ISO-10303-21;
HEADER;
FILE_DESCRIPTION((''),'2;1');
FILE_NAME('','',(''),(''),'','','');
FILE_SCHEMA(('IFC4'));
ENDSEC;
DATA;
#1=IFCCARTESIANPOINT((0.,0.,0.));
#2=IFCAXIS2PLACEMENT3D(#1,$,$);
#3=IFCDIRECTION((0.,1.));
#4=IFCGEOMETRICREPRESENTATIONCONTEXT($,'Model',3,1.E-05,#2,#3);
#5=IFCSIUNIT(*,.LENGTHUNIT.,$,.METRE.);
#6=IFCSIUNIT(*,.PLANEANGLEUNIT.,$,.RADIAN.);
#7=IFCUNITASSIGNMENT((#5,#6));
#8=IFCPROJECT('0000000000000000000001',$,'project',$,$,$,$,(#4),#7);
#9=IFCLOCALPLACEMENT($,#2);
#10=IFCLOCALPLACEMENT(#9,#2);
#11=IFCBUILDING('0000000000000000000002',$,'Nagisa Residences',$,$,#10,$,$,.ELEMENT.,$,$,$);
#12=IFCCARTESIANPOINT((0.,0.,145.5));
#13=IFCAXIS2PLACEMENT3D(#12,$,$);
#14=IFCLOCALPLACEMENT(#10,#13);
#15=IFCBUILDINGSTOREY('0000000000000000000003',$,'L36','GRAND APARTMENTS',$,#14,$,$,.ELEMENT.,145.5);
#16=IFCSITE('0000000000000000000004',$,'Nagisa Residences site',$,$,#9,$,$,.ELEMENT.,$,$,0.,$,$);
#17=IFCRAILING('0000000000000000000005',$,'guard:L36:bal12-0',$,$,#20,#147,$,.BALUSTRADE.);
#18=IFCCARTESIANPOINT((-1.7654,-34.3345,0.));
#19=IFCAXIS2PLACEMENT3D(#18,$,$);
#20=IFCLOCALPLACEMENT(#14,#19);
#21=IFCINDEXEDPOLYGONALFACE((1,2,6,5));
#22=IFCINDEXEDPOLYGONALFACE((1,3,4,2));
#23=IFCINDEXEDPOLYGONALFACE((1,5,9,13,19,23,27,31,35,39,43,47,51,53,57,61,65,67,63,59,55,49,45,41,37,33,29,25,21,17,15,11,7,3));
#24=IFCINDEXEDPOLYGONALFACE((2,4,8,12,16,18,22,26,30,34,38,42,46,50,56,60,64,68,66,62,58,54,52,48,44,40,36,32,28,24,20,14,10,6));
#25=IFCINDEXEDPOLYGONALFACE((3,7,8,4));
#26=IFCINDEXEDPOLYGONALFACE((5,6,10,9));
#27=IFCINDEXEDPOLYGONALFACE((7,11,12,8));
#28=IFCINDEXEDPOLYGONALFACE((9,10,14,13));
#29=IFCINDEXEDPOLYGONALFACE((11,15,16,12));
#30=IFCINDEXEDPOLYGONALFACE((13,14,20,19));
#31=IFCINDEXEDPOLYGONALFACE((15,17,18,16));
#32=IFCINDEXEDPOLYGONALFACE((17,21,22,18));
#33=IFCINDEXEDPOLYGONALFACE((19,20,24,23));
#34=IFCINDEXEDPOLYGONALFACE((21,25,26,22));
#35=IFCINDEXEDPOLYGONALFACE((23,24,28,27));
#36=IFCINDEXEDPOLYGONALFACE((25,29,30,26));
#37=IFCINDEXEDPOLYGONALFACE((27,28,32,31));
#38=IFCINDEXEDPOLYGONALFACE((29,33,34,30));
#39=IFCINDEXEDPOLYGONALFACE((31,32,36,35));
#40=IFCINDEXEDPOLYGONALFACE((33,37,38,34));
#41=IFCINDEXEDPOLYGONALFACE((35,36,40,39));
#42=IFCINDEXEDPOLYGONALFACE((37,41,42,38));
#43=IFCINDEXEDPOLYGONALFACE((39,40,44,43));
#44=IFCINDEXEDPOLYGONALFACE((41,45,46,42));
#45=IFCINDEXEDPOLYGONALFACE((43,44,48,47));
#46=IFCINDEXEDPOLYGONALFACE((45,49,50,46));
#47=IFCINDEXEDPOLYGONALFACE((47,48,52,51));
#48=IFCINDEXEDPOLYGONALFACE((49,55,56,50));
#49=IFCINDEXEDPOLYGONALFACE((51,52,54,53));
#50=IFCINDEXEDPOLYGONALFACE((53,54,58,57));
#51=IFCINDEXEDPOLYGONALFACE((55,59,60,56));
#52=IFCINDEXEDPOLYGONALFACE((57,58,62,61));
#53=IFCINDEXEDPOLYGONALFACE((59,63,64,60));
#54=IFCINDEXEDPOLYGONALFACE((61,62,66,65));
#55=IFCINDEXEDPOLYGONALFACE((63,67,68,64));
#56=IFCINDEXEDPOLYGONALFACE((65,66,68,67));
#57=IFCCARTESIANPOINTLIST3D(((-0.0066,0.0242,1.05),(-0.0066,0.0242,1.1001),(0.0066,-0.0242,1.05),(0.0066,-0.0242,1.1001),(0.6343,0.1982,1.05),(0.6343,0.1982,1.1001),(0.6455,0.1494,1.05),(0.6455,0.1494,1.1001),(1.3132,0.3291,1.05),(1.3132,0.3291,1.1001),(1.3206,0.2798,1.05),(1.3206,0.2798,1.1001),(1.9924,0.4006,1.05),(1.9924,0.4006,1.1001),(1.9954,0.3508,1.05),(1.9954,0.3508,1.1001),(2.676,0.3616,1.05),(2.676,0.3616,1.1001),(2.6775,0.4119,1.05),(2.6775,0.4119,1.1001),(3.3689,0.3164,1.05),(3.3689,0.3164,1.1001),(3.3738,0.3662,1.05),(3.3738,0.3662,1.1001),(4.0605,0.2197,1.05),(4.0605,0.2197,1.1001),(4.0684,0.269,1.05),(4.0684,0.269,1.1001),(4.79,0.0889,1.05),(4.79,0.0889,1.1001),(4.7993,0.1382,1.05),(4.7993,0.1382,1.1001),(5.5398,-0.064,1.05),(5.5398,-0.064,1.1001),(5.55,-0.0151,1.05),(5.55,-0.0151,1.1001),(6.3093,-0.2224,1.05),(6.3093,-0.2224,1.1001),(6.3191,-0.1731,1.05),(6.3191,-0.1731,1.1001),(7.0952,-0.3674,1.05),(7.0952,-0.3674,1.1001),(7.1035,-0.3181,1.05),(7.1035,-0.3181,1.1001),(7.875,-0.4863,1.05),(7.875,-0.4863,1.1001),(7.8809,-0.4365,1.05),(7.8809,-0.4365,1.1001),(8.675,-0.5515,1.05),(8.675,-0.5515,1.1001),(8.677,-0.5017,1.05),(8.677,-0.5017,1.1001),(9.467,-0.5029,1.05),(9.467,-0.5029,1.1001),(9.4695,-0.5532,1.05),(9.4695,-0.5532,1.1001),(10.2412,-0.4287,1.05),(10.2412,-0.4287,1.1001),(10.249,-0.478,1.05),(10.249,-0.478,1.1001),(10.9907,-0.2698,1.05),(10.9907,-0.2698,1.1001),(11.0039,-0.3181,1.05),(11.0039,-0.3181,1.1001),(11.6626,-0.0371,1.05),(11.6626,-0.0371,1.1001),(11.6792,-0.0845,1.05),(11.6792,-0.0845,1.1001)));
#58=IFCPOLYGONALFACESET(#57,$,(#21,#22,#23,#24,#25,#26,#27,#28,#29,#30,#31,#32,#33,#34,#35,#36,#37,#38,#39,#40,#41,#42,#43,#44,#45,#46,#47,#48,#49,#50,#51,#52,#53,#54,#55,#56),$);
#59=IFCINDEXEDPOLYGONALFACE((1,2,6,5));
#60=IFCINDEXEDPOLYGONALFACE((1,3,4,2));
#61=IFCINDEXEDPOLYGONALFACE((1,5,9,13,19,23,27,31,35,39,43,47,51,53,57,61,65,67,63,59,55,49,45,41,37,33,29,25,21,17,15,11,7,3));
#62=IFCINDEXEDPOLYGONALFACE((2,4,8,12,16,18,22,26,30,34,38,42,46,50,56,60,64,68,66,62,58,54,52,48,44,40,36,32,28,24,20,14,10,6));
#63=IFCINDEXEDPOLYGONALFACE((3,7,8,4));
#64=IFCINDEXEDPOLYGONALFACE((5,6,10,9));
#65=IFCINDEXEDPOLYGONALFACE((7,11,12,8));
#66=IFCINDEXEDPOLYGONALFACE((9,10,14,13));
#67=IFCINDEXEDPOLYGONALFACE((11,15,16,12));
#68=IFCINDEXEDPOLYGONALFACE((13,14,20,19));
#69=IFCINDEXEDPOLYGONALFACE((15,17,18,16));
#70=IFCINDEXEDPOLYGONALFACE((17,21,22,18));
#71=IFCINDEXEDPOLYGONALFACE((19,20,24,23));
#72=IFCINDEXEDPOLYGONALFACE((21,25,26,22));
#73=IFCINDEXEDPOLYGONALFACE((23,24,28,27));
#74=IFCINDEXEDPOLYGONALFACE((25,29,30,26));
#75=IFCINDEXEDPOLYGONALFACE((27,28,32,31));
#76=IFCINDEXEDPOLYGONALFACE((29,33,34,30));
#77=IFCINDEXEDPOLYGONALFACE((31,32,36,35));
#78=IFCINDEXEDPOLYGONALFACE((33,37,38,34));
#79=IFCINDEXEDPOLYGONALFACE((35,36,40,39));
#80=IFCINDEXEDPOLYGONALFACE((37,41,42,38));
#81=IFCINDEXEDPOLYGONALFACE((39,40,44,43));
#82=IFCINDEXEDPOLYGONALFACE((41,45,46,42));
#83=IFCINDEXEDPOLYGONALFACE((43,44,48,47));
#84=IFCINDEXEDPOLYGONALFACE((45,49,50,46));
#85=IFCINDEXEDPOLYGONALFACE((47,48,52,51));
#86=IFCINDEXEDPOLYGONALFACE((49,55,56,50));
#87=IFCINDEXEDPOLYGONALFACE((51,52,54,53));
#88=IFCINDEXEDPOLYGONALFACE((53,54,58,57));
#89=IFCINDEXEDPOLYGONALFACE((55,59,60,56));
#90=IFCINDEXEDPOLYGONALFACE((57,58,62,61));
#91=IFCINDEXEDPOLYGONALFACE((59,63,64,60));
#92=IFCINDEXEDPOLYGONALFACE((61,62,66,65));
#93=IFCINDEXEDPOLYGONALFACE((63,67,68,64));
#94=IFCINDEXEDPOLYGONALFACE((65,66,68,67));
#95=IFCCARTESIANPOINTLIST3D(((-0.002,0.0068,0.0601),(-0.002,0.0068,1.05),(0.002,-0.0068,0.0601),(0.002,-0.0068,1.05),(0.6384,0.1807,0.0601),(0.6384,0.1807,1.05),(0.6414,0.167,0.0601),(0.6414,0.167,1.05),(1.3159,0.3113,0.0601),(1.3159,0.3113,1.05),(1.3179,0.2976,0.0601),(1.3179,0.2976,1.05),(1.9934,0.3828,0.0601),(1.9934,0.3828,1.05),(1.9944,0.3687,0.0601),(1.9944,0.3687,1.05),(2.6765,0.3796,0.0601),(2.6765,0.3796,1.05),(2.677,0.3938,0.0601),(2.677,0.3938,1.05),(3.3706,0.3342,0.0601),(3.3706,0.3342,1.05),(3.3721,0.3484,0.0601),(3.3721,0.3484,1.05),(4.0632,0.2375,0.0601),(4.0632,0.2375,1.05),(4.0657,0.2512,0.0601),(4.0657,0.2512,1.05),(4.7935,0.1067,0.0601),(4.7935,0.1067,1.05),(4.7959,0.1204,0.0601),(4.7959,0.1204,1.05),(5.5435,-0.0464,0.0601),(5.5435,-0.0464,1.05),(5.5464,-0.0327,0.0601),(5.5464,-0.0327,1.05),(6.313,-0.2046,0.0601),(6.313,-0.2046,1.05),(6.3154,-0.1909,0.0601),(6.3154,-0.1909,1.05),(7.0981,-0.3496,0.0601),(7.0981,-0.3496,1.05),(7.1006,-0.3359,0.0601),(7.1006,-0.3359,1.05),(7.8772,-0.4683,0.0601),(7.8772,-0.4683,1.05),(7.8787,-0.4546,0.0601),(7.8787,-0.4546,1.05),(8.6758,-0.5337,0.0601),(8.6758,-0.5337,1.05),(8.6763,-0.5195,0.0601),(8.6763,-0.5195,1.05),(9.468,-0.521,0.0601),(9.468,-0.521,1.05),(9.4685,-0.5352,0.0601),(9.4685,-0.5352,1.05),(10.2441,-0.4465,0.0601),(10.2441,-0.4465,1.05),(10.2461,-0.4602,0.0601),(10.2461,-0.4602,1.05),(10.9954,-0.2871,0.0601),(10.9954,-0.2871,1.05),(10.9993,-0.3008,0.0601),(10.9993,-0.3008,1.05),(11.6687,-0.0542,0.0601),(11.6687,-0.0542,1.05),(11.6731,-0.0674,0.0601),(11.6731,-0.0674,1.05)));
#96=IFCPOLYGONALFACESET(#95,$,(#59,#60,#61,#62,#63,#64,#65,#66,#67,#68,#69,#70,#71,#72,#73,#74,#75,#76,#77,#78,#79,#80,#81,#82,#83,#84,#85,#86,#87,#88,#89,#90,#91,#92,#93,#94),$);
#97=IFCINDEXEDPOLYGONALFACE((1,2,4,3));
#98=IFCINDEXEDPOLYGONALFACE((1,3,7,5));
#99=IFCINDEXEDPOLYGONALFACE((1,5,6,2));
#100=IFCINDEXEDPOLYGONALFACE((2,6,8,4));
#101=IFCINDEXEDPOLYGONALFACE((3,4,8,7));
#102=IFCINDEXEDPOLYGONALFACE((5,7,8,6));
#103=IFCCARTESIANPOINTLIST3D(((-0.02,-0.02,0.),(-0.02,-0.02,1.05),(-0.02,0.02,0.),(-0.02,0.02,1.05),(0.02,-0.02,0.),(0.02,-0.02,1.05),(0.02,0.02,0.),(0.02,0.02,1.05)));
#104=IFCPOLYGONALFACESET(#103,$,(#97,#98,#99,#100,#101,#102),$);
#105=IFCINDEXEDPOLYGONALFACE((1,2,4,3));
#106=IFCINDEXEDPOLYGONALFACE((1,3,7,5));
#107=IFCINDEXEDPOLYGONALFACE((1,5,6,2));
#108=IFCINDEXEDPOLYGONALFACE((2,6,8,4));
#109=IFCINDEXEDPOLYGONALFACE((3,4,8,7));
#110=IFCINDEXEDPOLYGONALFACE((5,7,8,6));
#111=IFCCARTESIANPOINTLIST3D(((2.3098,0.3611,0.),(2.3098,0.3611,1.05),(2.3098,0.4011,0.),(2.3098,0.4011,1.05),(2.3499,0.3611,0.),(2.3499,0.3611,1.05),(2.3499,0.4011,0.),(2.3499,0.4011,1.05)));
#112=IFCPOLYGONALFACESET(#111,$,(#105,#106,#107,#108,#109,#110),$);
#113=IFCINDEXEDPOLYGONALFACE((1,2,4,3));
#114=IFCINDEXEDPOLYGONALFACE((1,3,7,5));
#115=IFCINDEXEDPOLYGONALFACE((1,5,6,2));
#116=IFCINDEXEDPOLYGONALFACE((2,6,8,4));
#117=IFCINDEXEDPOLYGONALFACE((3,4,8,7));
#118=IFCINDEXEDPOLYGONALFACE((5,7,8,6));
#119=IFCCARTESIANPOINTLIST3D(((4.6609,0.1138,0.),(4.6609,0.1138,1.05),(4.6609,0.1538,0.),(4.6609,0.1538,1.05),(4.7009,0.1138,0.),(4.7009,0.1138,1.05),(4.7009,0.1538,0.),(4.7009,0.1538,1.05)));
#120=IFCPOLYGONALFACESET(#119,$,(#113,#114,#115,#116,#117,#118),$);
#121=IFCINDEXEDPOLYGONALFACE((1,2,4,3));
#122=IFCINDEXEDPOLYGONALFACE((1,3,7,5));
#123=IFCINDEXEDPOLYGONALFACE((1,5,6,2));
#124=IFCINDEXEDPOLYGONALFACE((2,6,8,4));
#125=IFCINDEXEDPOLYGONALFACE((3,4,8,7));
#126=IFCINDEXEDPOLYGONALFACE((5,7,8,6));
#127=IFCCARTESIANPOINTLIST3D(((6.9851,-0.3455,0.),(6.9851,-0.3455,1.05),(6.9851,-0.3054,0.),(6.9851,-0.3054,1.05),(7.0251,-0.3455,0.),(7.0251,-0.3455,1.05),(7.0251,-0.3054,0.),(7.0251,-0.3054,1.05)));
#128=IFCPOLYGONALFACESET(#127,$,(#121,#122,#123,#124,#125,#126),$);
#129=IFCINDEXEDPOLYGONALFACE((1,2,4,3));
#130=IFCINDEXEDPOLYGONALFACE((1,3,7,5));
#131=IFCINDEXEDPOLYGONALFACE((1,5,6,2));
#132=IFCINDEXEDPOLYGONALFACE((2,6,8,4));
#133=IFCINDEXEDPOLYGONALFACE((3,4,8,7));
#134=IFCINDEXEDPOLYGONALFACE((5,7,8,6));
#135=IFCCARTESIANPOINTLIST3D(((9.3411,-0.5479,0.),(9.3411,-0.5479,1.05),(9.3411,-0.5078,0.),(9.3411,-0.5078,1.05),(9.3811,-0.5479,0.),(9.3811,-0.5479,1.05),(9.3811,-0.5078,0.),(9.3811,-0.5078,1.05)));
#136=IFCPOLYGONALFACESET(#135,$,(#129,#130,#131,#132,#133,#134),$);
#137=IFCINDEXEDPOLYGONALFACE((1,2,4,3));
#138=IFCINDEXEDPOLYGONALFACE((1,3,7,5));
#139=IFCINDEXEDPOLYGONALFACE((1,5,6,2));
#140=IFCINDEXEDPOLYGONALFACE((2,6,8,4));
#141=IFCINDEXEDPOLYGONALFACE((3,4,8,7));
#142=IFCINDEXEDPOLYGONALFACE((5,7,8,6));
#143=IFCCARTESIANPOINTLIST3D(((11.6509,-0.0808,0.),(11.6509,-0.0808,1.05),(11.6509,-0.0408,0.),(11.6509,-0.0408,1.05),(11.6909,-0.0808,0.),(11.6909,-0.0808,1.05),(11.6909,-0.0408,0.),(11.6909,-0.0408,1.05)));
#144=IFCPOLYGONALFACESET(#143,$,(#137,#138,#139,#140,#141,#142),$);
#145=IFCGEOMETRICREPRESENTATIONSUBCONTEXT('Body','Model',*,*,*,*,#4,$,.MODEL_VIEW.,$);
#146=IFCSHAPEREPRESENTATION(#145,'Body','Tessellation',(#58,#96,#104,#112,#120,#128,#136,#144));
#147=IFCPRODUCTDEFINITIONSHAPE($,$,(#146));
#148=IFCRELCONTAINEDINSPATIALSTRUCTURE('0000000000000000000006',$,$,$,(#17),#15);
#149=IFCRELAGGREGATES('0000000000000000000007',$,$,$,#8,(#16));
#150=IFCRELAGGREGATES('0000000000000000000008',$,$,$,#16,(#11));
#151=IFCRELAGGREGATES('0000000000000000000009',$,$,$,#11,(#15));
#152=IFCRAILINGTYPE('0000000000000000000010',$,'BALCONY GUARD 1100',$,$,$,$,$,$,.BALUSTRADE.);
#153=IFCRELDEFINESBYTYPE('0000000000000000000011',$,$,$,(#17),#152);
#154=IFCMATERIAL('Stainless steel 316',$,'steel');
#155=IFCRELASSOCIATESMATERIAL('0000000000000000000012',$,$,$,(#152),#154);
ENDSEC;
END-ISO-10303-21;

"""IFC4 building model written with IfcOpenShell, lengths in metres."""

from ifc_helpers import new_model, si_unit, direction, frame, origin, origin_2d, place, context, subcontext, project, spatial, polyline, rectangle, outline, extrude, material, type_object, element, save


model = new_model("IFC4")

# Units and contexts
model_context = context("Model", 3, precision=1e-05, world=origin(), true_north=direction((0.0, 1.0)))
body_context = subcontext(model_context, "Body", "Model", "MODEL_VIEW")
ifc_project = project(units=[si_unit("LENGTHUNIT", "METRE"), si_unit("PLANEANGLEUNIT", "RADIAN")], contexts=[model_context])

# Site, building, storey
site_placement = place(None, origin())
site = spatial("IfcSite", under=ifc_project, at=site_placement, Name="Nagisa Residences site", CompositionType="ELEMENT", RefElevation=0.0)
building_placement = place(site_placement, origin())
building = spatial("IfcBuilding", under=site, at=building_placement, Name="Nagisa Residences", CompositionType="ELEMENT")
storey_placement = place(building_placement, frame((0.0, 0.0, 145.5)))
storey = spatial("IfcBuildingStorey", under=building, at=storey_placement, Name="L36", Description="GRAND APARTMENTS", CompositionType="ELEMENT", Elevation=145.5)

# Railing
ifc_material_1 = material(Name="Stainless steel 316", Category="steel")
railing_type = type_object("IfcRailingType", Name="BALCONY GUARD 1100", PredefinedType="BALUSTRADE", material=ifc_material_1)
railing_1_placement = place(storey_placement, frame((-1.7654, -34.3345, 0.0)))
element("IfcRailing", 1, at=railing_1_placement, inside=storey, type_object=railing_type, Name="guard:L36:bal12-0", PredefinedType="BALUSTRADE", context=body_context, shape_type="SweptSolid", body=[
    extrude(outline(polyline([(0.6343, 0.1982), (-0.0066, 0.0242), (0.0066, -0.0242), (0.6455, 0.1494), (1.3206, 0.2798), (1.9954, 0.3508), (2.676, 0.3616), (3.3689, 0.3164), (4.0605, 0.2197), (4.79, 0.0889), (5.5398, -0.064), (6.3093, -0.2224), (7.0952, -0.3674), (7.875, -0.4863), (8.675, -0.5515), (9.4695, -0.5532), (10.249, -0.478), (11.0039, -0.3181), (11.6792, -0.0845), (11.6626, -0.0371), (10.9907, -0.2698), (10.2412, -0.4287), (9.467, -0.5029), (8.677, -0.5017), (7.8809, -0.4365), (7.1035, -0.3181), (6.3191, -0.1731), (5.55, -0.0151), (4.7993, 0.1382), (4.0684, 0.269), (3.3738, 0.3662), (2.6775, 0.4119), (1.9924, 0.4006), (1.3132, 0.3291), (0.6343, 0.1982)])), frame((0.0, 0.0, 1.05)), (0.0, 0.0, 1.0), 0.05),
    extrude(outline(polyline([(0.6384, 0.1807), (-0.002, 0.0068), (0.002, -0.0068), (0.6414, 0.167), (1.3179, 0.2976), (1.9944, 0.3687), (2.6765, 0.3796), (3.3706, 0.3342), (4.0632, 0.2375), (4.7935, 0.1067), (5.5435, -0.0464), (6.313, -0.2046), (7.0981, -0.3496), (7.8772, -0.4683), (8.6758, -0.5337), (9.4685, -0.5352), (10.2461, -0.4602), (10.9993, -0.3008), (11.6731, -0.0674), (11.6687, -0.0542), (10.9954, -0.2871), (10.2441, -0.4465), (9.468, -0.521), (8.6763, -0.5195), (7.8787, -0.4546), (7.1006, -0.3359), (6.3154, -0.1909), (5.5464, -0.0327), (4.7959, 0.1204), (4.0657, 0.2512), (3.3721, 0.3484), (2.677, 0.3938), (1.9934, 0.3828), (1.3159, 0.3113), (0.6384, 0.1807)])), frame((0.0, 0.0, 0.0601)), (0.0, 0.0, 1.0), 0.99),
    extrude(rectangle(XDim=0.04, YDim=0.04, at=origin_2d()), origin(), (0.0, 0.0, 1.0), 1.05),
    extrude(rectangle(XDim=0.04, YDim=0.04, at=origin_2d()), frame((2.3298, 0.3811, 0.0)), (0.0, 0.0, 1.0), 1.05),
    extrude(rectangle(XDim=0.04, YDim=0.04, at=origin_2d()), frame((4.6809, 0.1338, 0.0)), (0.0, 0.0, 1.0), 1.05),
    extrude(rectangle(XDim=0.04, YDim=0.04, at=origin_2d()), frame((7.0051, -0.3254, 0.0)), (0.0, 0.0, 1.0), 1.05),
    extrude(rectangle(XDim=0.04, YDim=0.04, at=origin_2d()), frame((9.3611, -0.5278, 0.0)), (0.0, 0.0, 1.0), 1.05),
    extrude(rectangle(XDim=0.04, YDim=0.04, at=origin_2d()), frame((11.6709, -0.0608, 0.0)), (0.0, 0.0, 1.0), 1.05),
])

save(model, "model.ifc")
